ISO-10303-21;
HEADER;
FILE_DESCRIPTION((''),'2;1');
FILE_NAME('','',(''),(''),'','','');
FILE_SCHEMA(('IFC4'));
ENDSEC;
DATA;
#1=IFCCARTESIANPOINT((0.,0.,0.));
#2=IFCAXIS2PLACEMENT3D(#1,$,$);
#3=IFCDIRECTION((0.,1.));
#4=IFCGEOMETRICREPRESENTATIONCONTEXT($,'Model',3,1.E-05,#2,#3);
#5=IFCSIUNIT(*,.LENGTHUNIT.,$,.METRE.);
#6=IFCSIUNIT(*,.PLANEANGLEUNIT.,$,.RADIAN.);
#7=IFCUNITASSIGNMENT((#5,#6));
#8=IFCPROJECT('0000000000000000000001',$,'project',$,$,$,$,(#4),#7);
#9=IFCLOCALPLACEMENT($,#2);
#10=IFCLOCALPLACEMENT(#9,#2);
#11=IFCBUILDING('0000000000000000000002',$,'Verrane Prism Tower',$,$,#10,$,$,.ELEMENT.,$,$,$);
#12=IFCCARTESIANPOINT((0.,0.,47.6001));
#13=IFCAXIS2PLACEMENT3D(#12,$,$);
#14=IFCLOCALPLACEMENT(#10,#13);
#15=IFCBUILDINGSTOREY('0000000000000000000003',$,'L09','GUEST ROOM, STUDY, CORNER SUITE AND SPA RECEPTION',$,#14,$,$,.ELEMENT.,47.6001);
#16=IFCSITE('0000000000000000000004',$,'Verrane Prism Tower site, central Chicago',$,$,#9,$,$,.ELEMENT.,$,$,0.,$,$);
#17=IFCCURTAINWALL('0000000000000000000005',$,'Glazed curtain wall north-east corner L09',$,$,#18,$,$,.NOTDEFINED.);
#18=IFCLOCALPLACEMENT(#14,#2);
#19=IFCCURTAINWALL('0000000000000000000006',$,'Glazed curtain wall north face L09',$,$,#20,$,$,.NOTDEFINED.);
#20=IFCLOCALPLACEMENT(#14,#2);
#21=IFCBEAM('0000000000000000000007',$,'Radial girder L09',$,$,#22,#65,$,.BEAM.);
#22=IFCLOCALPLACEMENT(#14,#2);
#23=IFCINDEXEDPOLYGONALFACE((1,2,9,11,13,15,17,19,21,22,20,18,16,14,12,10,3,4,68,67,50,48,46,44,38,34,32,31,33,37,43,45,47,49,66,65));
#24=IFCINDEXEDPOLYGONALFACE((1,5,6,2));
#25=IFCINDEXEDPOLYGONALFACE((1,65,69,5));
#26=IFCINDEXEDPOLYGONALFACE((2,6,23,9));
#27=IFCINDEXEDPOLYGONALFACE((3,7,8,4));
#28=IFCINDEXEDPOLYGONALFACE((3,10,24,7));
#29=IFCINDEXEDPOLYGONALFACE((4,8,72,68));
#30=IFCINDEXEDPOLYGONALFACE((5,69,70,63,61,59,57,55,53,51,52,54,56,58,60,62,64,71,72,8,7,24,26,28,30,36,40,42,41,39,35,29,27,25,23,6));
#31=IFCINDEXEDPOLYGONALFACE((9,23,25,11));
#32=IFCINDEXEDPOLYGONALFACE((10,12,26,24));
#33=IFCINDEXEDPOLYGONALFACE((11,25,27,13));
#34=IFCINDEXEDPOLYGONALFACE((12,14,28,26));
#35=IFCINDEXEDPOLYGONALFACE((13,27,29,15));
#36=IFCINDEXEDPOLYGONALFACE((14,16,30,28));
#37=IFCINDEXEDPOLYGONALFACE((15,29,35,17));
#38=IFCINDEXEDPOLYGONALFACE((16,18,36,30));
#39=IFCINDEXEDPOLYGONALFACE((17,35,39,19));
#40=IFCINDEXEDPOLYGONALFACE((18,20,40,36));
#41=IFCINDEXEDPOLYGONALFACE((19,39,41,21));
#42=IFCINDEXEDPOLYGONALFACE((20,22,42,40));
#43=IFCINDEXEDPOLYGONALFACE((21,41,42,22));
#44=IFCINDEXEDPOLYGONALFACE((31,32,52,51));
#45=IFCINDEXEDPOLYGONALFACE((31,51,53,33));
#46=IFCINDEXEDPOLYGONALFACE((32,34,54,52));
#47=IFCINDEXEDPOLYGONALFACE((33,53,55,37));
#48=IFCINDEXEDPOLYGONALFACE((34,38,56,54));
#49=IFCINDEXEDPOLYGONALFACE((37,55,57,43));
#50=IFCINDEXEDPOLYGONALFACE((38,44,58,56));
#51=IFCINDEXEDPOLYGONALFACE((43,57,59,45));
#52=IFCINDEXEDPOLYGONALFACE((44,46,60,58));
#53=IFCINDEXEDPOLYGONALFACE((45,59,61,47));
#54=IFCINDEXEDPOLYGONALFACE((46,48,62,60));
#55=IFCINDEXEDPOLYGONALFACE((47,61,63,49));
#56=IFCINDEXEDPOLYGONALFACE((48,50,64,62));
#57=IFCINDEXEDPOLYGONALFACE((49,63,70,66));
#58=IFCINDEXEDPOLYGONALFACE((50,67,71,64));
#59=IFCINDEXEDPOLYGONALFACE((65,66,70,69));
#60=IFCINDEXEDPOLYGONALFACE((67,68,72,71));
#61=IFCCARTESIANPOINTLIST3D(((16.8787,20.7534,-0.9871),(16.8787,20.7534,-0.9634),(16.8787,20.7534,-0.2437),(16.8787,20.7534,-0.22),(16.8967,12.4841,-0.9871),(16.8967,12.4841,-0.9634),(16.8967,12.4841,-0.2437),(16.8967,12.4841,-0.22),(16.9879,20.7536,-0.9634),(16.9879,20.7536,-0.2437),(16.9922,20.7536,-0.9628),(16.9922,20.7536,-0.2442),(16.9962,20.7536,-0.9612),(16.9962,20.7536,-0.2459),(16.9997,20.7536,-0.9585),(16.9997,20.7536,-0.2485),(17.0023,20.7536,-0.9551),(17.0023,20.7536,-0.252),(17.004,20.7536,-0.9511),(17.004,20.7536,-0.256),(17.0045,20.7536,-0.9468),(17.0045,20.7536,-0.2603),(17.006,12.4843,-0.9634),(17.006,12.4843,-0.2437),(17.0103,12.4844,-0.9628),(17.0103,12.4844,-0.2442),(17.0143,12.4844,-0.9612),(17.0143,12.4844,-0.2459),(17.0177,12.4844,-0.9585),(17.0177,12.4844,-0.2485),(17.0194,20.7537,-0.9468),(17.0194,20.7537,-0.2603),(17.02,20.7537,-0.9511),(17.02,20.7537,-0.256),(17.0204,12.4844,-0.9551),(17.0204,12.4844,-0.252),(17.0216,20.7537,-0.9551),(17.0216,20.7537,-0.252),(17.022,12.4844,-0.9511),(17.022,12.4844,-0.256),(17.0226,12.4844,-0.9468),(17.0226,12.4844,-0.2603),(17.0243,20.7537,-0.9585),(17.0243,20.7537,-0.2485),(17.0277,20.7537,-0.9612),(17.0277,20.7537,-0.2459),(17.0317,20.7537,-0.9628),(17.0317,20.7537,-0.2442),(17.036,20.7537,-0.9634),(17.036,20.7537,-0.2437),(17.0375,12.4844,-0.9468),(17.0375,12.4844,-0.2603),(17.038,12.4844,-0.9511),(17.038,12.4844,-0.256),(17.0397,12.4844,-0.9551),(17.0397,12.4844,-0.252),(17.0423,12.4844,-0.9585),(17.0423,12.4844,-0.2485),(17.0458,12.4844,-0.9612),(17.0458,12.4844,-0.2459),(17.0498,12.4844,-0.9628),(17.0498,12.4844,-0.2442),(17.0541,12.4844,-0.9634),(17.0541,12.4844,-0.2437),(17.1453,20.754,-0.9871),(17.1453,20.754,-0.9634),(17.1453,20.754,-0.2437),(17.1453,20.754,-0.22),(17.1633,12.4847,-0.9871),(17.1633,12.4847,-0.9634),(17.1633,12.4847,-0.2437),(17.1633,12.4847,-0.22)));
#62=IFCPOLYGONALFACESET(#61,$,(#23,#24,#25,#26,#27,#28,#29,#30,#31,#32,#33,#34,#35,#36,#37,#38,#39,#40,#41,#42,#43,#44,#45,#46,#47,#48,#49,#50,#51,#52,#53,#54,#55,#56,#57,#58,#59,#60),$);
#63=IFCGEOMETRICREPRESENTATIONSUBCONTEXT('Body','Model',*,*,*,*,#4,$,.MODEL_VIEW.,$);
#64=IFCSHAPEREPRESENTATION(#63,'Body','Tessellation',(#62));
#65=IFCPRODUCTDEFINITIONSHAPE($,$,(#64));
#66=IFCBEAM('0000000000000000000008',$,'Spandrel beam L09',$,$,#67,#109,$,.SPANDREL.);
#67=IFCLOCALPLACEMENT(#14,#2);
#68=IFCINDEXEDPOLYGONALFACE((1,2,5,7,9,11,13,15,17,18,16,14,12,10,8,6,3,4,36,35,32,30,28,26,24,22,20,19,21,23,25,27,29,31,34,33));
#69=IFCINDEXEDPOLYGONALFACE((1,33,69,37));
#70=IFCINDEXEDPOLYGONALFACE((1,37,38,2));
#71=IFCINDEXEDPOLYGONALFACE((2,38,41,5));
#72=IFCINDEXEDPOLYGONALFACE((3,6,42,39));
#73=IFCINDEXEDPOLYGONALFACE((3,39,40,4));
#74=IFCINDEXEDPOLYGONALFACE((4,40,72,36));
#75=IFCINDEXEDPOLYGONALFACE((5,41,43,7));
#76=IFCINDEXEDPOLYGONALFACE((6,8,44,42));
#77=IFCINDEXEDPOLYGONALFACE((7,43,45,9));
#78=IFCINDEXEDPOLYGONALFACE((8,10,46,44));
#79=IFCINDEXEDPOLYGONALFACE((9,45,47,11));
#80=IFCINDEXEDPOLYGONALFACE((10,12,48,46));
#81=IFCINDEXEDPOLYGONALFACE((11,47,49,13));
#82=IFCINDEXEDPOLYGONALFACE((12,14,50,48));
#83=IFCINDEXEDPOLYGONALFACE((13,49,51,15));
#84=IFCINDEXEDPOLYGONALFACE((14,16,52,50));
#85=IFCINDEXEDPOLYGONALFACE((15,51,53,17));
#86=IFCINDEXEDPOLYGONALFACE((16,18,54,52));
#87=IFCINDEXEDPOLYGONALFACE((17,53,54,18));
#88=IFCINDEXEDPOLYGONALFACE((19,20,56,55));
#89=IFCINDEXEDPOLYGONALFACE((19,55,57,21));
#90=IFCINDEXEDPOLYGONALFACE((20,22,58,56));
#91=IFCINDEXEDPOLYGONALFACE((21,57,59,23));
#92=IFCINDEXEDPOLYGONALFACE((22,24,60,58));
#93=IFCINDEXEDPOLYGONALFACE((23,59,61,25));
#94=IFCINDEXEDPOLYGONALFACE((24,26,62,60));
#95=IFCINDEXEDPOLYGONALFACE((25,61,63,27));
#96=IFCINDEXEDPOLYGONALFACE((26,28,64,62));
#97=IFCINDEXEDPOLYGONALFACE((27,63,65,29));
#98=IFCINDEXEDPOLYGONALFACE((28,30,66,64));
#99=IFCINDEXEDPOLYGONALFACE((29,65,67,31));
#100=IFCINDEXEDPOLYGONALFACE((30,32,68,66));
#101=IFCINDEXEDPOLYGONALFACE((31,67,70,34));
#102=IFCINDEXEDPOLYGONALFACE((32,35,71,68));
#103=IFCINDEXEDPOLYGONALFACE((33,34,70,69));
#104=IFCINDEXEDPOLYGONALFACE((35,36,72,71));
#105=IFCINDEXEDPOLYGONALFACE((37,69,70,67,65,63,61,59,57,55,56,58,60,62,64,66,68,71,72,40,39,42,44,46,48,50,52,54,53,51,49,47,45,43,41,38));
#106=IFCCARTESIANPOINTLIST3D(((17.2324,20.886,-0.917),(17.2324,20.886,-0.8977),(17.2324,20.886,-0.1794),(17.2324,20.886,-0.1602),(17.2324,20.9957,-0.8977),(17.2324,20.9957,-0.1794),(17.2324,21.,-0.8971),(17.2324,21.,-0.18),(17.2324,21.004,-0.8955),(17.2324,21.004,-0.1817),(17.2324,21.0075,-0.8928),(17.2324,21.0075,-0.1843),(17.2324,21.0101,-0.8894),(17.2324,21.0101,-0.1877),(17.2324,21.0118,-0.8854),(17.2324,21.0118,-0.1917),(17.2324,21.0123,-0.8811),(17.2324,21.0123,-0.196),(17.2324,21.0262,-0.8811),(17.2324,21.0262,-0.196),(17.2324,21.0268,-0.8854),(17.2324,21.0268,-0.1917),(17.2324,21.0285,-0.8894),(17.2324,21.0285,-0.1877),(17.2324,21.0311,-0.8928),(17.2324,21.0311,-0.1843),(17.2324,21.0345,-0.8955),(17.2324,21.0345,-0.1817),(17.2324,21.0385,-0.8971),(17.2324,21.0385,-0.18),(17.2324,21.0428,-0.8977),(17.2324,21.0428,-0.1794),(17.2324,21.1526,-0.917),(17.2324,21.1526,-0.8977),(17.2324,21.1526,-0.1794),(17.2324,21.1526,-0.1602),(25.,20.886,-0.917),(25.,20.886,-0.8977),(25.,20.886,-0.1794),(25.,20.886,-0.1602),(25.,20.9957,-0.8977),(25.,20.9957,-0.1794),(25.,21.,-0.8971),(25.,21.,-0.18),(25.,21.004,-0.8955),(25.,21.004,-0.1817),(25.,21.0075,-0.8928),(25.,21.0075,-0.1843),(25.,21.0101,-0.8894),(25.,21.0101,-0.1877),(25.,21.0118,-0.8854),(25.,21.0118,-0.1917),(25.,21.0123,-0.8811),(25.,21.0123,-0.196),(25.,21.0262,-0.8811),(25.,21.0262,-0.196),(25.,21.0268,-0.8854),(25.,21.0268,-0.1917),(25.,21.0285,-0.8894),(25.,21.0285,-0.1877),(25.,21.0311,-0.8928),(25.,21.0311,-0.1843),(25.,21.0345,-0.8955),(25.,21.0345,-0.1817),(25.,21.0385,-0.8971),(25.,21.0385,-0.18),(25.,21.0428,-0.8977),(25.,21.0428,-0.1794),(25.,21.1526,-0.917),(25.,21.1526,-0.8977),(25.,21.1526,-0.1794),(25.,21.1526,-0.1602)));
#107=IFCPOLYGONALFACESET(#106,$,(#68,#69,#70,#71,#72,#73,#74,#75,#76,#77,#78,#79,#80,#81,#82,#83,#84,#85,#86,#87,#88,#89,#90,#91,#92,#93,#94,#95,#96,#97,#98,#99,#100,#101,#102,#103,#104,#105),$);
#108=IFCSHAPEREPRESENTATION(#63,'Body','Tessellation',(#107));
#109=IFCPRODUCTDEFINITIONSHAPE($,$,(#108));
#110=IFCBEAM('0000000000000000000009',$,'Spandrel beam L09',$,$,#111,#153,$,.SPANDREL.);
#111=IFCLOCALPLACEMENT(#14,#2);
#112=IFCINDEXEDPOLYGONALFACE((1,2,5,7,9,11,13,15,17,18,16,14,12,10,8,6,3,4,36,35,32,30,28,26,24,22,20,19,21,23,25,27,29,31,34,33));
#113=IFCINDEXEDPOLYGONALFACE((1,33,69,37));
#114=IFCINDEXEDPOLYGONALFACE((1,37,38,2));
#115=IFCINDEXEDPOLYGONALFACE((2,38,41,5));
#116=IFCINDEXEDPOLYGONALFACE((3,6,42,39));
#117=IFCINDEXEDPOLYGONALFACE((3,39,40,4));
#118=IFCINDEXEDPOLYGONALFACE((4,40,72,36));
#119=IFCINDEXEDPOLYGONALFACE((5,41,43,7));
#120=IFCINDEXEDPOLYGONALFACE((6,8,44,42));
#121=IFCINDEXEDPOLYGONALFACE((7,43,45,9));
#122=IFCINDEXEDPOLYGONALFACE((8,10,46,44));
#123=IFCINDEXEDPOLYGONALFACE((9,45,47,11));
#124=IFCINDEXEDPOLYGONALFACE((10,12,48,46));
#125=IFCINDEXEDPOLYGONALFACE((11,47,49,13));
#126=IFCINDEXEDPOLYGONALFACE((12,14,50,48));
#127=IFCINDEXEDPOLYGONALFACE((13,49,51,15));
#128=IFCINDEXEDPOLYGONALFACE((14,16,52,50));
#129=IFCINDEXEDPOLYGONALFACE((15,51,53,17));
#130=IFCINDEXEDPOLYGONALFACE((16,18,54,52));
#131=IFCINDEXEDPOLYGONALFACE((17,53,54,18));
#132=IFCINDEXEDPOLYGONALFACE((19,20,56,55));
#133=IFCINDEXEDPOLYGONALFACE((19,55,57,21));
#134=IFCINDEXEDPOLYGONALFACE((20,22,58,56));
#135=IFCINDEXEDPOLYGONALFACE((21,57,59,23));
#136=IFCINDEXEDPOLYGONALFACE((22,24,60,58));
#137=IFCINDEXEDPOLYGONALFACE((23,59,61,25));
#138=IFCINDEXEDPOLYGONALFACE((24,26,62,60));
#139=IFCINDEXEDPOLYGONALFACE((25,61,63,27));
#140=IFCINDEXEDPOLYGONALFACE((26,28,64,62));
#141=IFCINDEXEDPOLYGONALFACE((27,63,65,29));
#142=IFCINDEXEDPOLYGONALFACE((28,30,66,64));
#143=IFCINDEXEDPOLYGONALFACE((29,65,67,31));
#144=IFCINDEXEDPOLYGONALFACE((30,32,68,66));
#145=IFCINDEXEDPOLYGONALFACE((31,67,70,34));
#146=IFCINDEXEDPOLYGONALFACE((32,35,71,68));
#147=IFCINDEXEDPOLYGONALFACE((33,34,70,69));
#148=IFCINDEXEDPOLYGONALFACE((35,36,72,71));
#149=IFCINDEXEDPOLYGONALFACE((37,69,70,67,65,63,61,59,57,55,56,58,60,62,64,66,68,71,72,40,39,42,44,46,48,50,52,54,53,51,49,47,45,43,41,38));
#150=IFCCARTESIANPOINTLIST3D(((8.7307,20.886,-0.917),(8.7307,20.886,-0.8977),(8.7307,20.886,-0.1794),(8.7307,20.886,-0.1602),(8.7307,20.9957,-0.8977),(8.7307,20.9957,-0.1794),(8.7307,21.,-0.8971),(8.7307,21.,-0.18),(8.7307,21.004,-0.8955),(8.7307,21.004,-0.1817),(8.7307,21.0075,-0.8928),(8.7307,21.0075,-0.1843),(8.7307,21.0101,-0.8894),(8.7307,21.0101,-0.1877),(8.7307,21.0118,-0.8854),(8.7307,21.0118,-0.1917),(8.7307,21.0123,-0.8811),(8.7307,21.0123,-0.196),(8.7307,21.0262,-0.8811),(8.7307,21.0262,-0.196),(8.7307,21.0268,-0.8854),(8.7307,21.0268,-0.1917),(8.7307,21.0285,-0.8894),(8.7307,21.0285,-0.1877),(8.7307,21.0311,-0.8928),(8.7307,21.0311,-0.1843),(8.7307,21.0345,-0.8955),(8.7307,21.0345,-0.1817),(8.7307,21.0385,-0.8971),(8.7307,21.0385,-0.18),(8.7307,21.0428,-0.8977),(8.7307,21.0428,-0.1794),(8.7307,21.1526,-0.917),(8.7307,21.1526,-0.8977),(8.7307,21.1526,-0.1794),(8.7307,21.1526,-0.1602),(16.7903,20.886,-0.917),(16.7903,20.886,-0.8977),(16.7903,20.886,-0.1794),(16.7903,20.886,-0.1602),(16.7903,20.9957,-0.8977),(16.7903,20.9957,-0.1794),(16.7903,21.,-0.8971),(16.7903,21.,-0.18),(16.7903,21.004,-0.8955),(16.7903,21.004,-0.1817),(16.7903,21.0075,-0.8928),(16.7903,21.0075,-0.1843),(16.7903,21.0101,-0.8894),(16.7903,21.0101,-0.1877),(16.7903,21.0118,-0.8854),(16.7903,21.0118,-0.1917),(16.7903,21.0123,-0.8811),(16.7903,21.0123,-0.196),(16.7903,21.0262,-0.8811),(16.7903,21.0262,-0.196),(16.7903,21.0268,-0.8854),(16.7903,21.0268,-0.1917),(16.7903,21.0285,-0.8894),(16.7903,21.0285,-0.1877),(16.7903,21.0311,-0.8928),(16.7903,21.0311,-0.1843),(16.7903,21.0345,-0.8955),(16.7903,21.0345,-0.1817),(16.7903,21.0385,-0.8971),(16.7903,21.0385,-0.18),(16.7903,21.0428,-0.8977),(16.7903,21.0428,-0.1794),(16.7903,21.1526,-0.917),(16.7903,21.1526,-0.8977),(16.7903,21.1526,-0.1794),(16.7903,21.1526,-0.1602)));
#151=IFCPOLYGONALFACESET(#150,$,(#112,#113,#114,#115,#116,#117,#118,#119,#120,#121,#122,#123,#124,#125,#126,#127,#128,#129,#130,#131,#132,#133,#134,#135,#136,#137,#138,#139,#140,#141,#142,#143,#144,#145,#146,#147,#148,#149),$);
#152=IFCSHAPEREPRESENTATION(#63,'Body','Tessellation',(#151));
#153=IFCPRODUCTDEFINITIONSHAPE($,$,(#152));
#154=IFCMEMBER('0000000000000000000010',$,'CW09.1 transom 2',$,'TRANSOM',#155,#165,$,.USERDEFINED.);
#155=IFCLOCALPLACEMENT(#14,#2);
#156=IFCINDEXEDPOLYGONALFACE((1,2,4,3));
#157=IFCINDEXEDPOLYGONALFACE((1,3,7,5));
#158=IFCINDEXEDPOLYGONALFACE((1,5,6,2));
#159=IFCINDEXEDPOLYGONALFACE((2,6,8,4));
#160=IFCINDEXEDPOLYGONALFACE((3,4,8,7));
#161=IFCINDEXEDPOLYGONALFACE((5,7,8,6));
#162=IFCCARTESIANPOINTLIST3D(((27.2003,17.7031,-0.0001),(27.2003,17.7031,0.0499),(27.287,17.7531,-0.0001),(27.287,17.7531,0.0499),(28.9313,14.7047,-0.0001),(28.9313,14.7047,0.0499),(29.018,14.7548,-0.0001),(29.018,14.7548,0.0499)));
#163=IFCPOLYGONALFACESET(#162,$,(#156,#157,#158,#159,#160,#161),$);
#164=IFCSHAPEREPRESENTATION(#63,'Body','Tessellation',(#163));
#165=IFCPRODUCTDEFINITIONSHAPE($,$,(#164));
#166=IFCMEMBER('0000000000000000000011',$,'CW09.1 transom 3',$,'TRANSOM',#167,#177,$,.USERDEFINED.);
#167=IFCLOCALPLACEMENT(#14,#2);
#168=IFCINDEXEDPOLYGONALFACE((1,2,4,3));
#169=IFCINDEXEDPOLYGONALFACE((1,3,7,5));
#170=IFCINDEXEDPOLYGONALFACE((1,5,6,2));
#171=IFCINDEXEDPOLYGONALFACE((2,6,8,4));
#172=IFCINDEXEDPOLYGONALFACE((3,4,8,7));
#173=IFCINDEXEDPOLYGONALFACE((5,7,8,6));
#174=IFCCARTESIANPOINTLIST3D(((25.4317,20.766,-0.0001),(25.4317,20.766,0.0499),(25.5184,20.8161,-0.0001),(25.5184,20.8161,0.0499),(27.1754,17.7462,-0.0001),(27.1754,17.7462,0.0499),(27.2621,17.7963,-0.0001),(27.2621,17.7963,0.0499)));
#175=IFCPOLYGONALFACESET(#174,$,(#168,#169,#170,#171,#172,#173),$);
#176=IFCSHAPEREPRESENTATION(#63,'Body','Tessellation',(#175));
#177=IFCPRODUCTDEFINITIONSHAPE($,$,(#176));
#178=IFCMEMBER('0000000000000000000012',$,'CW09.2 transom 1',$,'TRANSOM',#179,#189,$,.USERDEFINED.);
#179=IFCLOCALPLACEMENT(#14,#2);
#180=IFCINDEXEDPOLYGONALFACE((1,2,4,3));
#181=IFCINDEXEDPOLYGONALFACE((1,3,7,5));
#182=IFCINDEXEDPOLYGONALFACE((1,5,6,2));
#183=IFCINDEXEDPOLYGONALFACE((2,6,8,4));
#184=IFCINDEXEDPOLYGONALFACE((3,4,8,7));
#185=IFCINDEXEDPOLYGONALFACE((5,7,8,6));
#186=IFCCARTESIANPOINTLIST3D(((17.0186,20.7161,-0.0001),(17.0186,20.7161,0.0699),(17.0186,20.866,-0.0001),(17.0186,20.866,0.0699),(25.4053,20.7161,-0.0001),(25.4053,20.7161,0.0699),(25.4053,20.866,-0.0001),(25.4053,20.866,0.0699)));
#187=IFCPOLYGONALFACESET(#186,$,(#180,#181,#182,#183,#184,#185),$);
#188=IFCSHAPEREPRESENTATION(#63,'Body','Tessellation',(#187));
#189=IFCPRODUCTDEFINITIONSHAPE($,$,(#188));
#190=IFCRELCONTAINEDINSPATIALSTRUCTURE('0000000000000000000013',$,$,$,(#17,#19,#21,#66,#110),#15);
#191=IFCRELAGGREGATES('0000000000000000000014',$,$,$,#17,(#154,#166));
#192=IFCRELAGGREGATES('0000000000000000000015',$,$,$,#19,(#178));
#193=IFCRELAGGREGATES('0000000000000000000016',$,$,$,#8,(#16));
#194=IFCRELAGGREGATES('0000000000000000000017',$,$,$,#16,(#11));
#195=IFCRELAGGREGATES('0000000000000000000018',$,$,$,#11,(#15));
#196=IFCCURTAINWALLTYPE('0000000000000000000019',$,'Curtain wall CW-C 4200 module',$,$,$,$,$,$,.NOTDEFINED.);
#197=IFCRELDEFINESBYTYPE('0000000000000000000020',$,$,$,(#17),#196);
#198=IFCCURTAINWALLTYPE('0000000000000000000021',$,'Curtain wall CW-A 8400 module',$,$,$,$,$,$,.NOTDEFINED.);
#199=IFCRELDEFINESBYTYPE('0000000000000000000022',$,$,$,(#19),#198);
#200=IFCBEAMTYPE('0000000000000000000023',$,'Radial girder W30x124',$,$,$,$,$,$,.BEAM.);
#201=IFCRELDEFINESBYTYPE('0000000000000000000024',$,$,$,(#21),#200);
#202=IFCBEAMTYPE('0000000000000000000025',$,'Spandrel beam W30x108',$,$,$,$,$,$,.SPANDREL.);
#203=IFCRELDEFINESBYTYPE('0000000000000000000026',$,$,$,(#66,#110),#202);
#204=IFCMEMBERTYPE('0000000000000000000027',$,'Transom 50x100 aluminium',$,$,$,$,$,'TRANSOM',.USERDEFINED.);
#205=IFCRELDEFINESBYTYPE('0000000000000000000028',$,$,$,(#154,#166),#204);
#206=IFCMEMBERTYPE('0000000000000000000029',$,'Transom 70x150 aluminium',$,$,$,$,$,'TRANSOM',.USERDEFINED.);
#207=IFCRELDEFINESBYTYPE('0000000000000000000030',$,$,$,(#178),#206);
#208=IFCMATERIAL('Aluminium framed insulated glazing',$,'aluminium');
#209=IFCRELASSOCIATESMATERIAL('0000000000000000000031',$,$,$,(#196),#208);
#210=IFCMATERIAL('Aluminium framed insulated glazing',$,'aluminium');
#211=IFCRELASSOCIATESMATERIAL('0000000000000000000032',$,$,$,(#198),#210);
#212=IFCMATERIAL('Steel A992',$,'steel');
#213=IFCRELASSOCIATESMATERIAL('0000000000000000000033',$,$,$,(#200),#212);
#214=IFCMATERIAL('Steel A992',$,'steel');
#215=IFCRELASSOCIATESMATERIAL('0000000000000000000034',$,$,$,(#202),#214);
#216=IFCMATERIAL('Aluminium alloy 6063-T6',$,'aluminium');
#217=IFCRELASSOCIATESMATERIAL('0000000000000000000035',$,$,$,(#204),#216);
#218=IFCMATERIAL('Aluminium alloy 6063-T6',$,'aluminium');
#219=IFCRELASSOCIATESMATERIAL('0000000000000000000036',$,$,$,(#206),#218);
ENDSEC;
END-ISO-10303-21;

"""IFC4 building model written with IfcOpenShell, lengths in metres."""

from ifc_helpers import new_model, si_unit, direction, frame, origin, origin_2d, place, context, subcontext, project, spatial, rectangle, i_section, extrude, material, material_profile, profile_set, type_object, element, aggregate, save


model = new_model("IFC4")

# Units and contexts
model_context = context("Model", 3, precision=1e-05, world=origin(), true_north=direction((0.0, 1.0)))
body_context = subcontext(model_context, "Body", "Model", "MODEL_VIEW")
ifc_project = project(units=[si_unit("LENGTHUNIT", "METRE"), si_unit("PLANEANGLEUNIT", "RADIAN")], contexts=[model_context])

# Site, building, storey
site_placement = place(None, origin())
site = spatial("IfcSite", under=ifc_project, at=site_placement, Name="Verrane Prism Tower site, central Chicago", CompositionType="ELEMENT", RefElevation=0.0)
building_placement = place(site_placement, origin())
building = spatial("IfcBuilding", under=site, at=building_placement, Name="Verrane Prism Tower", CompositionType="ELEMENT")
storey_placement = place(building_placement, frame((0.0, 0.0, 47.6001)))
storey = spatial("IfcBuildingStorey", under=building, at=storey_placement, Name="L09", Description="GUEST ROOM, STUDY, CORNER SUITE AND SPA RECEPTION", CompositionType="ELEMENT", Elevation=47.6001)

# Curtain walls
ifc_material_1 = material(Name="Aluminium framed insulated glazing", Category="aluminium")
curtain_wall_type_1 = type_object("IfcCurtainWallType", Name="Curtain wall CW-C 4200 module", PredefinedType="NOTDEFINED", material=ifc_material_1)
curtain_wall_1_placement = place(storey_placement, origin())
curtain_wall_1 = element("IfcCurtainWall", 1, at=curtain_wall_1_placement, inside=storey, type_object=curtain_wall_type_1, Name="Glazed curtain wall north-east corner L09", PredefinedType="NOTDEFINED")
ifc_material_2 = material(Name="Aluminium framed insulated glazing", Category="aluminium")
curtain_wall_type_2 = type_object("IfcCurtainWallType", Name="Curtain wall CW-A 8400 module", PredefinedType="NOTDEFINED", material=ifc_material_2)
curtain_wall_2_placement = place(storey_placement, origin())
curtain_wall_2 = element("IfcCurtainWall", 2, at=curtain_wall_2_placement, inside=storey, type_object=curtain_wall_type_2, Name="Glazed curtain wall north face L09", PredefinedType="NOTDEFINED")

# Beams
ifc_material_3 = material(Name="Steel A992", Category="steel")
ifc_material_profile_1 = material_profile(ifc_material_3, i_section(OverallWidth=0.2666, OverallDepth=0.7671, WebThickness=0.0149, FlangeThickness=0.0237, FilletRadius=0.0166, at=origin_2d()), Name="W30x124")
ifc_profile_set_1 = profile_set([ifc_material_profile_1], Name="Steel A992")
beam_type_1 = type_object("IfcBeamType", Name="Radial girder W30x124", PredefinedType="BEAM", material=ifc_profile_set_1)
beam_1_placement = place(storey_placement, frame((17.012, 20.7537, -0.6035), z_axis=(0.002185, -0.999998, 0.0), x_axis=(0.999998, 0.002185, 0.0)))
element("IfcBeam", 3, at=beam_1_placement, inside=storey, type_object=beam_type_1, Name="Radial girder L09", PredefinedType="BEAM", context=body_context, shape_type="SweptSolid", body=[
    extrude(i_section(OverallWidth=0.2666, OverallDepth=0.7671, WebThickness=0.0149, FlangeThickness=0.0237, FilletRadius=0.0166, at=origin_2d()), origin(), (0.0, 0.0, 1.0), 8.2693),
])
ifc_material_4 = material(Name="Steel A992", Category="steel")
ifc_material_profile_2 = material_profile(ifc_material_4, i_section(OverallWidth=0.2666, OverallDepth=0.7568, WebThickness=0.0139, FlangeThickness=0.0193, FilletRadius=0.0166, at=origin_2d()), Name="W30x108")
ifc_profile_set_2 = profile_set([ifc_material_profile_2], Name="Steel A992")
beam_type_2 = type_object("IfcBeamType", Name="Spandrel beam W30x108", PredefinedType="SPANDREL", material=ifc_profile_set_2)
beam_2_placement = place(storey_placement, frame((25.0, 21.0193, -0.5386), z_axis=(-1.0, 0.0, 0.0), x_axis=(0.0, -1.0, 0.0)))
element("IfcBeam", 4, at=beam_2_placement, inside=storey, type_object=beam_type_2, Name="Spandrel beam L09", PredefinedType="SPANDREL", context=body_context, shape_type="SweptSolid", body=[
    extrude(i_section(OverallWidth=0.2666, OverallDepth=0.7568, WebThickness=0.0139, FlangeThickness=0.0193, FilletRadius=0.0166, at=origin_2d()), origin(), (0.0, 0.0, 1.0), 7.7676),
])
beam_3_placement = place(storey_placement, frame((16.7903, 21.0193, -0.5386), z_axis=(-1.0, 0.0, 0.0), x_axis=(0.0, -1.0, 0.0)))
element("IfcBeam", 5, at=beam_3_placement, inside=storey, type_object=beam_type_2, Name="Spandrel beam L09", PredefinedType="SPANDREL", context=body_context, shape_type="SweptSolid", body=[
    extrude(i_section(OverallWidth=0.2666, OverallDepth=0.7568, WebThickness=0.0139, FlangeThickness=0.0193, FilletRadius=0.0166, at=origin_2d()), origin(), (0.0, 0.0, 1.0), 8.0596),
])

# Members
ifc_material_5 = material(Name="Aluminium alloy 6063-T6", Category="aluminium")
ifc_material_profile_3 = material_profile(ifc_material_5, rectangle(XDim=0.1001, YDim=0.05, at=origin_2d()), Name="Transom 50x100 aluminium")
ifc_profile_set_3 = profile_set([ifc_material_profile_3], Name="Aluminium alloy 6063-T6")
member_type_1 = type_object("IfcMemberType", Name="Transom 50x100 aluminium", ElementType="TRANSOM", PredefinedType="USERDEFINED", material=ifc_profile_set_3)
member_1_placement = place(storey_placement, frame((28.9746, 14.7297, 0.0249), z_axis=(-0.499977, 0.866039, 0.0), x_axis=(-0.866039, -0.499977, 0.0)))
member_1 = element("IfcMember", 6, at=member_1_placement, type_object=member_type_1, Name="CW09.1 transom 2", ObjectType="TRANSOM", PredefinedType="USERDEFINED", context=body_context, shape_type="SweptSolid", body=[
    extrude(rectangle(XDim=0.1001, YDim=0.05, at=origin_2d()), origin(), (0.0, 0.0, 1.0), 3.4622),
])
member_2_placement = place(storey_placement, frame((27.2188, 17.7712, 0.0249), z_axis=(-0.50004, 0.866003, 0.0), x_axis=(-0.866003, -0.50004, 0.0)))
member_2 = element("IfcMember", 7, at=member_2_placement, type_object=member_type_1, Name="CW09.1 transom 3", ObjectType="TRANSOM", PredefinedType="USERDEFINED", context=body_context, shape_type="SweptSolid", body=[
    extrude(rectangle(XDim=0.1001, YDim=0.05, at=origin_2d()), origin(), (0.0, 0.0, 1.0), 3.4871),
])
ifc_material_6 = material(Name="Aluminium alloy 6063-T6", Category="aluminium")
ifc_material_profile_4 = material_profile(ifc_material_6, rectangle(XDim=0.1499, YDim=0.0701, at=origin_2d()), Name="Transom 70x150 aluminium")
ifc_profile_set_4 = profile_set([ifc_material_profile_4], Name="Aluminium alloy 6063-T6")
member_type_2 = type_object("IfcMemberType", Name="Transom 70x150 aluminium", ElementType="TRANSOM", PredefinedType="USERDEFINED", material=ifc_profile_set_4)
member_3_placement = place(storey_placement, frame((25.4053, 20.791, 0.0349), z_axis=(-1.0, 0.0, 0.0), x_axis=(0.0, -1.0, 0.0)))
member_3 = element("IfcMember", 8, at=member_3_placement, type_object=member_type_2, Name="CW09.2 transom 1", ObjectType="TRANSOM", PredefinedType="USERDEFINED", context=body_context, shape_type="SweptSolid", body=[
    extrude(rectangle(XDim=0.1499, YDim=0.0701, at=origin_2d()), origin(), (0.0, 0.0, 1.0), 8.3867),
])

aggregate(curtain_wall_1, [member_1, member_2])
aggregate(curtain_wall_2, [member_3])

save(model, "model.ifc")
